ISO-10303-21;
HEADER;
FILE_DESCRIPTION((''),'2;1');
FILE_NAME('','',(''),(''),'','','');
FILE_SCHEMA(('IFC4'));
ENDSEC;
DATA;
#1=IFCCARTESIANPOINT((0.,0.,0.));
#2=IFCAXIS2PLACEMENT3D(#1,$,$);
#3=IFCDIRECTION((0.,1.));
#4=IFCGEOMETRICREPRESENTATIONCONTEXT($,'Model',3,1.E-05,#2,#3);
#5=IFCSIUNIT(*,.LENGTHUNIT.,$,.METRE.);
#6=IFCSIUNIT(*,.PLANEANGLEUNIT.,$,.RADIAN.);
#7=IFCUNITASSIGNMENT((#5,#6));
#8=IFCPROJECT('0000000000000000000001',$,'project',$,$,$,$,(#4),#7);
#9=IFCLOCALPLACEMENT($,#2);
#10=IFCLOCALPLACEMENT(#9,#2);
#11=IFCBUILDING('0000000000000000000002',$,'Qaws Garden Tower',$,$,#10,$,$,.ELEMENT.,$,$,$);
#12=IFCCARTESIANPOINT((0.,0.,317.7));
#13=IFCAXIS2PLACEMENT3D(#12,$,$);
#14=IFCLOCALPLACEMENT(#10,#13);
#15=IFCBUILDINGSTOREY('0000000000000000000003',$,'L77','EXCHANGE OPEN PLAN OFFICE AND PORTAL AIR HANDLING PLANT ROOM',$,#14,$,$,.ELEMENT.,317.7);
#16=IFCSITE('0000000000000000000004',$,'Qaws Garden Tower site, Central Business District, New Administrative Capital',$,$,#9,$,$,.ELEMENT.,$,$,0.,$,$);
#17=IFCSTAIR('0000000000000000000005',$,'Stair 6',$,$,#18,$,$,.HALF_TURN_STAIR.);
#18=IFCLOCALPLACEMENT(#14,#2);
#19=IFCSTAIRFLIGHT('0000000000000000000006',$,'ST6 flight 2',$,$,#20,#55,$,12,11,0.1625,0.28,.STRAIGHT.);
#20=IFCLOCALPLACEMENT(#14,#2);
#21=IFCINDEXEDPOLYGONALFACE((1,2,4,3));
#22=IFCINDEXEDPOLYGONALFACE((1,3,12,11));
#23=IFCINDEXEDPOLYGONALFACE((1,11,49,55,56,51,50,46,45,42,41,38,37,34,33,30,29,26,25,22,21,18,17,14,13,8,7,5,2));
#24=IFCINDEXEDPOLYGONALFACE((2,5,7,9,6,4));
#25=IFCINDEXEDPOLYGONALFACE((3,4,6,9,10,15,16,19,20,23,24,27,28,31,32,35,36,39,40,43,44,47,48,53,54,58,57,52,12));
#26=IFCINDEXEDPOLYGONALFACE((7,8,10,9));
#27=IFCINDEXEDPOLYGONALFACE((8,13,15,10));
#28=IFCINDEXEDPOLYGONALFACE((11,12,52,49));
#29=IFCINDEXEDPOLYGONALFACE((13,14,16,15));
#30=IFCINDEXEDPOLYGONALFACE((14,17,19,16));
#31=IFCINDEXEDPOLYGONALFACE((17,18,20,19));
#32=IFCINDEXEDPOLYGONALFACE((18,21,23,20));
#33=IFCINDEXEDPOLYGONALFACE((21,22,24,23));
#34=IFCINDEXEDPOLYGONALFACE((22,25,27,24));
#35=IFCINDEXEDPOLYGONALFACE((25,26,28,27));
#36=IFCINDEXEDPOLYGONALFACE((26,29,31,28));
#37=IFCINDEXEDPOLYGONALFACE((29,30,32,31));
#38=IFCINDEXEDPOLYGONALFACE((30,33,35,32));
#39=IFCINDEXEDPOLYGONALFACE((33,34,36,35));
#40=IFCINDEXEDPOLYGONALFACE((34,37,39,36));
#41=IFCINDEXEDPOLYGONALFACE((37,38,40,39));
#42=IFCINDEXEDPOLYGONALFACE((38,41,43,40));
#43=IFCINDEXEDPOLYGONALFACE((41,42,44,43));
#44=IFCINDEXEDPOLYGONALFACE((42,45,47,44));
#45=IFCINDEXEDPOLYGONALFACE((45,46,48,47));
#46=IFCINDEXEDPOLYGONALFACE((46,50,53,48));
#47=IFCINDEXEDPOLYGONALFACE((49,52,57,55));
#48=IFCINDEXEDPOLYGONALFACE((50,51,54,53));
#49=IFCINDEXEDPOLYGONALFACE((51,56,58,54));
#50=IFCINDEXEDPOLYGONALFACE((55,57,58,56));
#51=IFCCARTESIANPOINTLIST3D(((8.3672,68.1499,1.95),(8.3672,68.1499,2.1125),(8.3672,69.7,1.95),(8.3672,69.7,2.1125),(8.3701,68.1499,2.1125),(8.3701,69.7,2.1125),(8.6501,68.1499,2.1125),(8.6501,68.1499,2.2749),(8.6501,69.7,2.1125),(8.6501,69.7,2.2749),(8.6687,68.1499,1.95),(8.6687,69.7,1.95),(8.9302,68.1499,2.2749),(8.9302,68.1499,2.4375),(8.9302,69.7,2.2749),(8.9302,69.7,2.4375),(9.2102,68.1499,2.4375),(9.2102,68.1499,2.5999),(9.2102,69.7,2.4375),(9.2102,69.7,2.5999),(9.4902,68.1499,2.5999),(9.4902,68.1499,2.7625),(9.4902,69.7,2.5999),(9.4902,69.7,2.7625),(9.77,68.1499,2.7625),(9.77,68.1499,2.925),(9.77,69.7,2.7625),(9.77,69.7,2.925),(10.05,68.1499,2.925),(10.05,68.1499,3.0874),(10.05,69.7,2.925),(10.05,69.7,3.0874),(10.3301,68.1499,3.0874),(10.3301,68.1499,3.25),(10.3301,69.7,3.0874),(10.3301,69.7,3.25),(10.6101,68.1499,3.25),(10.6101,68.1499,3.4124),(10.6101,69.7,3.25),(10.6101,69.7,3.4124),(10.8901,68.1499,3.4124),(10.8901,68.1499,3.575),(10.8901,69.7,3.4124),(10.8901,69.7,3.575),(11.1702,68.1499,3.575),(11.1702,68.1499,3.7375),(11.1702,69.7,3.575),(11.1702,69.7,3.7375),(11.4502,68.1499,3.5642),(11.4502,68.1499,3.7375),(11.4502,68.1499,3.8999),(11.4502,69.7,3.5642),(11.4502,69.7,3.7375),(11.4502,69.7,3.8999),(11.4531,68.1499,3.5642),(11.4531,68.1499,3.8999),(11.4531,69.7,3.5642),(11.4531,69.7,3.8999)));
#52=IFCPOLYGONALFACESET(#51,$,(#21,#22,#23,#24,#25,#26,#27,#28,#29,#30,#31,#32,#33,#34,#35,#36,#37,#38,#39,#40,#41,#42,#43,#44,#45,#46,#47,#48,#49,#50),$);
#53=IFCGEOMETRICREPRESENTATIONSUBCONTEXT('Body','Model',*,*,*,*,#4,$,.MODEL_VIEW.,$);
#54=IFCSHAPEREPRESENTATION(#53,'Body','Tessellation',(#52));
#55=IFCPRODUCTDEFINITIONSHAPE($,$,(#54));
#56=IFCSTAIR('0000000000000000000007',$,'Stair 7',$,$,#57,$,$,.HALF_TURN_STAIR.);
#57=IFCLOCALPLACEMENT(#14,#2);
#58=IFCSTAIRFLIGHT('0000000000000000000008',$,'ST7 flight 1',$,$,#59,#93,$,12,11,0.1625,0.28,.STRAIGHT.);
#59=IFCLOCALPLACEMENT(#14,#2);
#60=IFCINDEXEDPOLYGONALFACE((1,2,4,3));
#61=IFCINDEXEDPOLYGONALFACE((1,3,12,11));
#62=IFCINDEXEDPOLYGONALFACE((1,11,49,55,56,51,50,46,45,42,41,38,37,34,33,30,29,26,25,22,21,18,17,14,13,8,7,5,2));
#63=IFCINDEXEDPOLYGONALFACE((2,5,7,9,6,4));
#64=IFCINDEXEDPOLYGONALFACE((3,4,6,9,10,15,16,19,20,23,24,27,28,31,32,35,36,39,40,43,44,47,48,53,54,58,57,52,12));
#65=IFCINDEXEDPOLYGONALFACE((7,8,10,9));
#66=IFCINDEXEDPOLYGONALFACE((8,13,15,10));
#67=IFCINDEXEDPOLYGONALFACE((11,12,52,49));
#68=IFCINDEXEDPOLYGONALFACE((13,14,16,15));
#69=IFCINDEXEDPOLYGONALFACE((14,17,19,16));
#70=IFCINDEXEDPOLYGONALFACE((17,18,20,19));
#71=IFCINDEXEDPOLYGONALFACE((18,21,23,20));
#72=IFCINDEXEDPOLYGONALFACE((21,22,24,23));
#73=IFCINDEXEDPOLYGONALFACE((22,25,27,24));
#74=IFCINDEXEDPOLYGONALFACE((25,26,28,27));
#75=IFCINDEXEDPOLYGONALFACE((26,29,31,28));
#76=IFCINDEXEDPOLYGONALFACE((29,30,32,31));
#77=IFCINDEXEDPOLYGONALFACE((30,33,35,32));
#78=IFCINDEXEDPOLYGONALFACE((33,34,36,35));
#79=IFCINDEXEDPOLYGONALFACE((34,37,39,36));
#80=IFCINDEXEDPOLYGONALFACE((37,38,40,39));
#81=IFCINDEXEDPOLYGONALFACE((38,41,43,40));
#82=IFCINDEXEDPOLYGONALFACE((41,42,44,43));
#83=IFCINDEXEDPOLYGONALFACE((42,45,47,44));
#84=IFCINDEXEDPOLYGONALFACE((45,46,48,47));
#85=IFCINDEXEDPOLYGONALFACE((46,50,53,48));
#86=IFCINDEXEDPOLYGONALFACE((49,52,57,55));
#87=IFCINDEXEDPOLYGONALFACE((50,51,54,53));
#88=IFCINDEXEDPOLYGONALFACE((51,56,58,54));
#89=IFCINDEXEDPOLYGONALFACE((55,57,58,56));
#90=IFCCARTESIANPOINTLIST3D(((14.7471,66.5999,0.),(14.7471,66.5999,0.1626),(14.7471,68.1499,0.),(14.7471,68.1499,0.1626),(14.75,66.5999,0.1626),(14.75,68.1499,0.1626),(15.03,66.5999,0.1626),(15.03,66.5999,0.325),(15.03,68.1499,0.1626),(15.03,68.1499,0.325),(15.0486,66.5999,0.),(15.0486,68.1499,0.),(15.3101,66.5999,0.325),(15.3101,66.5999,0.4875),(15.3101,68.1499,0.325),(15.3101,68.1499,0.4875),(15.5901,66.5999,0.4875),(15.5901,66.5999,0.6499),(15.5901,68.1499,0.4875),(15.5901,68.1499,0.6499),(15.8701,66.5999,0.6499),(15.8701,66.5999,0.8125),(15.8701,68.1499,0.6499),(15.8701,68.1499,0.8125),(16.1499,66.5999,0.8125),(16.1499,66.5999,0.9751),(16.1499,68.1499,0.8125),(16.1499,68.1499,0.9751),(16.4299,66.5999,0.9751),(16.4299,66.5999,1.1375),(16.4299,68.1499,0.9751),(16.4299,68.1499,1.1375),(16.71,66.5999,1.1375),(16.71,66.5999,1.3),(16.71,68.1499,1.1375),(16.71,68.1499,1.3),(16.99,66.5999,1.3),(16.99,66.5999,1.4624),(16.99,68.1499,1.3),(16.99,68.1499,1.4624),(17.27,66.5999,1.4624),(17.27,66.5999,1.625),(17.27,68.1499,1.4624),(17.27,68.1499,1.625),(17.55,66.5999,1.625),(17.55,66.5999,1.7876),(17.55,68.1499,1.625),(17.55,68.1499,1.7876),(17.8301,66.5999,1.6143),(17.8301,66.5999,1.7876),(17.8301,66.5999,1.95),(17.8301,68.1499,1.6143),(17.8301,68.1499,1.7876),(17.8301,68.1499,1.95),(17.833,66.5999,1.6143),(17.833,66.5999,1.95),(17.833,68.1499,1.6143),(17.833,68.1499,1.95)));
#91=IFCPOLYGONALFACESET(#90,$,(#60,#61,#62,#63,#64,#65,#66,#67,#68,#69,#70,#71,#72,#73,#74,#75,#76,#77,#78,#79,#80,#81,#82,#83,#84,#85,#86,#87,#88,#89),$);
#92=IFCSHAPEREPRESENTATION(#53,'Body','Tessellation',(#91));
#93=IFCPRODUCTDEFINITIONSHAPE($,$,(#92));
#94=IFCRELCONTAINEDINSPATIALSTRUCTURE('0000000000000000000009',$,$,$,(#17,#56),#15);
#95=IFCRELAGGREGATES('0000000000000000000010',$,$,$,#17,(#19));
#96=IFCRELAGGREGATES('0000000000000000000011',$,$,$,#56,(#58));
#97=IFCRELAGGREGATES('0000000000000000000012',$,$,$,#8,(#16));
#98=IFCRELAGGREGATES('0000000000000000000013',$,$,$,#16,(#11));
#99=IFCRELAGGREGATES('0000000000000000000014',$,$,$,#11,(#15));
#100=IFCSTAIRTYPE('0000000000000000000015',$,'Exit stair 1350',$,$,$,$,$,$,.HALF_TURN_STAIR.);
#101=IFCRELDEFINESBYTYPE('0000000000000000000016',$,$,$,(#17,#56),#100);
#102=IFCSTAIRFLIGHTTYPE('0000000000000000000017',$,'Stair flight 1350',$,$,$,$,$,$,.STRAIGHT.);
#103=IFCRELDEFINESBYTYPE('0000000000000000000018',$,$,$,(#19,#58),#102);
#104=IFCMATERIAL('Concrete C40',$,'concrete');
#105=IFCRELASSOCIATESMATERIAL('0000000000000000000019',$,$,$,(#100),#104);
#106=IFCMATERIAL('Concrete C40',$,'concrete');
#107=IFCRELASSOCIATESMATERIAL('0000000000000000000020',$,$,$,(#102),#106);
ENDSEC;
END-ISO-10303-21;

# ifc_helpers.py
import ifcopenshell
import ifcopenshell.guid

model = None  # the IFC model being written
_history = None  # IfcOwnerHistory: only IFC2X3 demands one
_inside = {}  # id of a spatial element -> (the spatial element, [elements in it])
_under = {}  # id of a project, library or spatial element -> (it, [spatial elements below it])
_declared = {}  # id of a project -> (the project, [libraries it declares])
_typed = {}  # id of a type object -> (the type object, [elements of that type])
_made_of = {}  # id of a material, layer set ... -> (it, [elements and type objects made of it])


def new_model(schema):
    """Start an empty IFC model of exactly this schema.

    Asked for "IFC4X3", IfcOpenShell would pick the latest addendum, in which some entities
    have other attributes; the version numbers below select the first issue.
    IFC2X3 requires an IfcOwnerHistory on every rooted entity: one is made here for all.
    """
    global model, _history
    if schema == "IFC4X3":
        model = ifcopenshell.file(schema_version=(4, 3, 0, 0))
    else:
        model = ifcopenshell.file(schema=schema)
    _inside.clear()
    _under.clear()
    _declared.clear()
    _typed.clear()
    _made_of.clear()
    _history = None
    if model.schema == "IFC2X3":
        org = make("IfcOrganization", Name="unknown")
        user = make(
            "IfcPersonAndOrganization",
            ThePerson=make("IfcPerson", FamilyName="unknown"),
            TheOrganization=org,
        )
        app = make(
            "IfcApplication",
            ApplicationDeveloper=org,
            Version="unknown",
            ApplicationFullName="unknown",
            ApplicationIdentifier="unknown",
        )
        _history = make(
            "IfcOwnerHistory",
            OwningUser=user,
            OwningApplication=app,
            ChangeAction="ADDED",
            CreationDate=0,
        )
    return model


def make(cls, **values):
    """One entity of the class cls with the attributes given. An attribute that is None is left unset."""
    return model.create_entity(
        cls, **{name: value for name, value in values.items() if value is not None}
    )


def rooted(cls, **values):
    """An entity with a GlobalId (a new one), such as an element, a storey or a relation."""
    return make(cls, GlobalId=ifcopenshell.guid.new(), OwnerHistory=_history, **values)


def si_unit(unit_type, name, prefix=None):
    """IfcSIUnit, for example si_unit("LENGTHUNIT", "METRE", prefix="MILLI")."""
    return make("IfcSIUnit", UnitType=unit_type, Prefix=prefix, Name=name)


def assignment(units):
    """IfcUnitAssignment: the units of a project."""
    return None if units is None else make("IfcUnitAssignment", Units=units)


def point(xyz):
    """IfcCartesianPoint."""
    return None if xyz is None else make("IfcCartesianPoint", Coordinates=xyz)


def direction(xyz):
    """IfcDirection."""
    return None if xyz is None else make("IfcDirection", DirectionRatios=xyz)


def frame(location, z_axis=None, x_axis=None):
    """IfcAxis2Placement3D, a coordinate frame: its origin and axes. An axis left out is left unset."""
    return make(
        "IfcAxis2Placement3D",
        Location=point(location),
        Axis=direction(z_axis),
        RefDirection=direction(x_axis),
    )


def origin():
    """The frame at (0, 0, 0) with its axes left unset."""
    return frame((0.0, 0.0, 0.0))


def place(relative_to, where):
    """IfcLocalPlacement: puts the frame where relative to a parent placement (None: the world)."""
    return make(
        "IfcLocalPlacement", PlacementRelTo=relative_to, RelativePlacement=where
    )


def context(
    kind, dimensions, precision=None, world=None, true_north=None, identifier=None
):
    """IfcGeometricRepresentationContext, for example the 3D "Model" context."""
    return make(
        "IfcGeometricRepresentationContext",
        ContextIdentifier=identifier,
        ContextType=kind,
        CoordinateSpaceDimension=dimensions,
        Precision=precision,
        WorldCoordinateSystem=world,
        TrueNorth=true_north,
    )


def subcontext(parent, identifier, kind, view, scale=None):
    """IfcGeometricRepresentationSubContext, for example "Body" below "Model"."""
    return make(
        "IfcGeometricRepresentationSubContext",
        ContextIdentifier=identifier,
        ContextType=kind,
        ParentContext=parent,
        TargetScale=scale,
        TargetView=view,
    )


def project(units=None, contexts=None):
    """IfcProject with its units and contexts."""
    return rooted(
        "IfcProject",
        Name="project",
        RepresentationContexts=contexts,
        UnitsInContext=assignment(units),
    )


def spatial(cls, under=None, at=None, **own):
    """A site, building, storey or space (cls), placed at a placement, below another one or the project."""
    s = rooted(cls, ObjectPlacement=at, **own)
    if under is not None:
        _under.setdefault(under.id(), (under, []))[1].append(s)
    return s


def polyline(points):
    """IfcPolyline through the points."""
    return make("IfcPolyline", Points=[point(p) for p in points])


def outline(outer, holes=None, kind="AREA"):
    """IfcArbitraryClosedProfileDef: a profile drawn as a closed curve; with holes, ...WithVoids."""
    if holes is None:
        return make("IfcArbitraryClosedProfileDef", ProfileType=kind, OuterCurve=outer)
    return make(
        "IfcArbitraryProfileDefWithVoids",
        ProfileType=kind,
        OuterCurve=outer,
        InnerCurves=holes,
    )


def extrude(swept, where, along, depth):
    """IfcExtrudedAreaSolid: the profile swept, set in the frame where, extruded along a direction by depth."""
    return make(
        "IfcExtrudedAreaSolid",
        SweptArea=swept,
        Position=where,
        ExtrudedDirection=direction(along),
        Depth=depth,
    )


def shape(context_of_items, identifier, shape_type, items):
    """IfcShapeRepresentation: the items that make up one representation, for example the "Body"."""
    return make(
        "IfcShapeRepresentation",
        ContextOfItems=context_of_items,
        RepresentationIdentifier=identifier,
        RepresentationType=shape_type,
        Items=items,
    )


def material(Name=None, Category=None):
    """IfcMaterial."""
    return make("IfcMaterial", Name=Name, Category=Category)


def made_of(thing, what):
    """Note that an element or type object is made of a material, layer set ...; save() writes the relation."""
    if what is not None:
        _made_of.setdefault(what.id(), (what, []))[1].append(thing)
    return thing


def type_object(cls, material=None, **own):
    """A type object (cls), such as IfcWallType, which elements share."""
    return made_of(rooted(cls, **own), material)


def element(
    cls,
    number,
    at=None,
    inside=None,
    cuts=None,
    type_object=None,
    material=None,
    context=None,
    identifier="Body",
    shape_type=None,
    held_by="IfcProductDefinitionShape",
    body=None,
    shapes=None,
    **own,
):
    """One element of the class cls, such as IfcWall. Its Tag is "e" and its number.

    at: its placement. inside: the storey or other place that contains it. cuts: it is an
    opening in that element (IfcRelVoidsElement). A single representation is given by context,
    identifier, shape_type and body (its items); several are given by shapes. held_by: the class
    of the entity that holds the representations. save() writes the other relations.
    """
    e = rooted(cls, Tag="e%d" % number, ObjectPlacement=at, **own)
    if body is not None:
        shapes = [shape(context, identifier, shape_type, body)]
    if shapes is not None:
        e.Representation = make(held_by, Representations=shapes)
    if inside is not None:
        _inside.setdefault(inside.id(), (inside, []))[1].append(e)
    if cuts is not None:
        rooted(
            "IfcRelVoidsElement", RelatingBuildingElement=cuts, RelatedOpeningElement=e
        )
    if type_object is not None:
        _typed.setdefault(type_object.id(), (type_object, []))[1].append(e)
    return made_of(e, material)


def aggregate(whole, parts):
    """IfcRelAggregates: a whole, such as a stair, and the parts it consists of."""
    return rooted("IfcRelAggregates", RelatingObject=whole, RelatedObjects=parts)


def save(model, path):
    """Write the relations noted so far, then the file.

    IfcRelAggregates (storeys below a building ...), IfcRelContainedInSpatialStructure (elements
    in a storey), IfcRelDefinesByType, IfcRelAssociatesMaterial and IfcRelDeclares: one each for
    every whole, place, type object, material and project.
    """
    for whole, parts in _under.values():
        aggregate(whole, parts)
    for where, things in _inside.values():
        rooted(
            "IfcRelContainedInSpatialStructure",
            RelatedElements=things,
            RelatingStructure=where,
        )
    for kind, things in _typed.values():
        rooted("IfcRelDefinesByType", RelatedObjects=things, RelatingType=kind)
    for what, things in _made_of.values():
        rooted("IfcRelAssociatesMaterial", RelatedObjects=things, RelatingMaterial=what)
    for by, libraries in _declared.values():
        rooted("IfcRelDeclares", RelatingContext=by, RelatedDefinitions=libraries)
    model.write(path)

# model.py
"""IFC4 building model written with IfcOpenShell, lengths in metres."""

from ifc_helpers import new_model, si_unit, direction, frame, origin, place, context, subcontext, project, spatial, polyline, outline, extrude, material, type_object, element, aggregate, save


model = new_model("IFC4")

# Units and contexts
model_context = context("Model", 3, precision=1e-05, world=origin(), true_north=direction((0.0, 1.0)))
body_context = subcontext(model_context, "Body", "Model", "MODEL_VIEW")
ifc_project = project(units=[si_unit("LENGTHUNIT", "METRE"), si_unit("PLANEANGLEUNIT", "RADIAN")], contexts=[model_context])

# Site, building, storey
site_placement = place(None, origin())
site = spatial("IfcSite", under=ifc_project, at=site_placement, Name="Qaws Garden Tower site, Central Business District, New Administrative Capital", CompositionType="ELEMENT", RefElevation=0.0)
building_placement = place(site_placement, origin())
building = spatial("IfcBuilding", under=site, at=building_placement, Name="Qaws Garden Tower", CompositionType="ELEMENT")
storey_placement = place(building_placement, frame((0.0, 0.0, 317.7)))
storey = spatial("IfcBuildingStorey", under=building, at=storey_placement, Name="L77", Description="EXCHANGE OPEN PLAN OFFICE AND PORTAL AIR HANDLING PLANT ROOM", CompositionType="ELEMENT", Elevation=317.7)

# Shared definitions
placement = place(storey_placement, origin())

# Stair, stair flight
ifc_material_1 = material(Name="Concrete C40", Category="concrete")
stair_type = type_object("IfcStairType", Name="Exit stair 1350", PredefinedType="HALF_TURN_STAIR", material=ifc_material_1)
stair_1 = element("IfcStair", 1, at=placement, inside=storey, type_object=stair_type, Name="Stair 6", PredefinedType="HALF_TURN_STAIR")
ifc_material_2 = material(Name="Concrete C40", Category="concrete")
stair_flight_type = type_object("IfcStairFlightType", Name="Stair flight 1350", PredefinedType="STRAIGHT", material=ifc_material_2)
stair_flight_1_placement = place(storey_placement, frame((8.3701, 68.925, 1.95), z_axis=(0.0, 0.0, 1.0), x_axis=(1.0, 0.0, 0.0)))
stair_flight_1 = element("IfcStairFlight", 2, at=stair_flight_1_placement, type_object=stair_flight_type, Name="ST6 flight 2", NumberOfRisers=12, NumberOfTreads=11, PredefinedType="STRAIGHT", RiserHeight=0.1625, TreadLength=0.28, context=body_context, shape_type="SweptSolid", body=[
    extrude(outline(polyline([(-0.0029, 0.0), (-0.0029, 0.1626), (0.0, 0.1626), (0.28, 0.1626), (0.28, 0.325), (0.5601, 0.325), (0.5601, 0.4875), (0.8401, 0.4875), (0.8401, 0.6499), (1.1201, 0.6499), (1.1201, 0.8125), (1.3999, 0.8125), (1.3999, 0.9751), (1.6799, 0.9751), (1.6799, 1.1375), (1.96, 1.1375), (1.96, 1.3), (2.24, 1.3), (2.24, 1.4624), (2.52, 1.4624), (2.52, 1.625), (2.8, 1.625), (2.8, 1.7876), (3.0801, 1.7876), (3.0801, 1.95), (3.083, 1.95), (3.083, 1.6143), (3.0801, 1.6143), (0.2986, 0.0), (-0.0029, 0.0)])), frame((0.0, 0.7749, 0.0), z_axis=(0.0, -1.0, 0.0), x_axis=(1.0, 0.0, 0.0)), (0.0, 0.0, 1.0), 1.55),
])
aggregate(stair_1, [stair_flight_1])

# Stair, stair flight
stair_2 = element("IfcStair", 3, at=placement, inside=storey, type_object=stair_type, Name="Stair 7", PredefinedType="HALF_TURN_STAIR")
stair_flight_2_placement = place(storey_placement, frame((14.75, 67.375, 0.0), z_axis=(0.0, 0.0, 1.0), x_axis=(1.0, 0.0, 0.0)))
stair_flight_2 = element("IfcStairFlight", 4, at=stair_flight_2_placement, type_object=stair_flight_type, Name="ST7 flight 1", NumberOfRisers=12, NumberOfTreads=11, PredefinedType="STRAIGHT", RiserHeight=0.1625, TreadLength=0.28, context=body_context, shape_type="SweptSolid", body=[
    extrude(outline(polyline([(-0.0029, 0.0), (-0.0029, 0.1626), (0.0, 0.1626), (0.28, 0.1626), (0.28, 0.325), (0.5601, 0.325), (0.5601, 0.4875), (0.8401, 0.4875), (0.8401, 0.6499), (1.1201, 0.6499), (1.1201, 0.8125), (1.3999, 0.8125), (1.3999, 0.9751), (1.6799, 0.9751), (1.6799, 1.1375), (1.96, 1.1375), (1.96, 1.3), (2.24, 1.3), (2.24, 1.4624), (2.52, 1.4624), (2.52, 1.625), (2.8, 1.625), (2.8, 1.7876), (3.0801, 1.7876), (3.0801, 1.95), (3.083, 1.95), (3.083, 1.6143), (3.0801, 1.6143), (0.2986, 0.0), (-0.0029, 0.0)])), frame((0.0, 0.7749, 0.0), z_axis=(0.0, -1.0, 0.0), x_axis=(1.0, 0.0, 0.0)), (0.0, 0.0, 1.0), 1.55),
])
aggregate(stair_2, [stair_flight_2])

save(model, "model.ifc")
